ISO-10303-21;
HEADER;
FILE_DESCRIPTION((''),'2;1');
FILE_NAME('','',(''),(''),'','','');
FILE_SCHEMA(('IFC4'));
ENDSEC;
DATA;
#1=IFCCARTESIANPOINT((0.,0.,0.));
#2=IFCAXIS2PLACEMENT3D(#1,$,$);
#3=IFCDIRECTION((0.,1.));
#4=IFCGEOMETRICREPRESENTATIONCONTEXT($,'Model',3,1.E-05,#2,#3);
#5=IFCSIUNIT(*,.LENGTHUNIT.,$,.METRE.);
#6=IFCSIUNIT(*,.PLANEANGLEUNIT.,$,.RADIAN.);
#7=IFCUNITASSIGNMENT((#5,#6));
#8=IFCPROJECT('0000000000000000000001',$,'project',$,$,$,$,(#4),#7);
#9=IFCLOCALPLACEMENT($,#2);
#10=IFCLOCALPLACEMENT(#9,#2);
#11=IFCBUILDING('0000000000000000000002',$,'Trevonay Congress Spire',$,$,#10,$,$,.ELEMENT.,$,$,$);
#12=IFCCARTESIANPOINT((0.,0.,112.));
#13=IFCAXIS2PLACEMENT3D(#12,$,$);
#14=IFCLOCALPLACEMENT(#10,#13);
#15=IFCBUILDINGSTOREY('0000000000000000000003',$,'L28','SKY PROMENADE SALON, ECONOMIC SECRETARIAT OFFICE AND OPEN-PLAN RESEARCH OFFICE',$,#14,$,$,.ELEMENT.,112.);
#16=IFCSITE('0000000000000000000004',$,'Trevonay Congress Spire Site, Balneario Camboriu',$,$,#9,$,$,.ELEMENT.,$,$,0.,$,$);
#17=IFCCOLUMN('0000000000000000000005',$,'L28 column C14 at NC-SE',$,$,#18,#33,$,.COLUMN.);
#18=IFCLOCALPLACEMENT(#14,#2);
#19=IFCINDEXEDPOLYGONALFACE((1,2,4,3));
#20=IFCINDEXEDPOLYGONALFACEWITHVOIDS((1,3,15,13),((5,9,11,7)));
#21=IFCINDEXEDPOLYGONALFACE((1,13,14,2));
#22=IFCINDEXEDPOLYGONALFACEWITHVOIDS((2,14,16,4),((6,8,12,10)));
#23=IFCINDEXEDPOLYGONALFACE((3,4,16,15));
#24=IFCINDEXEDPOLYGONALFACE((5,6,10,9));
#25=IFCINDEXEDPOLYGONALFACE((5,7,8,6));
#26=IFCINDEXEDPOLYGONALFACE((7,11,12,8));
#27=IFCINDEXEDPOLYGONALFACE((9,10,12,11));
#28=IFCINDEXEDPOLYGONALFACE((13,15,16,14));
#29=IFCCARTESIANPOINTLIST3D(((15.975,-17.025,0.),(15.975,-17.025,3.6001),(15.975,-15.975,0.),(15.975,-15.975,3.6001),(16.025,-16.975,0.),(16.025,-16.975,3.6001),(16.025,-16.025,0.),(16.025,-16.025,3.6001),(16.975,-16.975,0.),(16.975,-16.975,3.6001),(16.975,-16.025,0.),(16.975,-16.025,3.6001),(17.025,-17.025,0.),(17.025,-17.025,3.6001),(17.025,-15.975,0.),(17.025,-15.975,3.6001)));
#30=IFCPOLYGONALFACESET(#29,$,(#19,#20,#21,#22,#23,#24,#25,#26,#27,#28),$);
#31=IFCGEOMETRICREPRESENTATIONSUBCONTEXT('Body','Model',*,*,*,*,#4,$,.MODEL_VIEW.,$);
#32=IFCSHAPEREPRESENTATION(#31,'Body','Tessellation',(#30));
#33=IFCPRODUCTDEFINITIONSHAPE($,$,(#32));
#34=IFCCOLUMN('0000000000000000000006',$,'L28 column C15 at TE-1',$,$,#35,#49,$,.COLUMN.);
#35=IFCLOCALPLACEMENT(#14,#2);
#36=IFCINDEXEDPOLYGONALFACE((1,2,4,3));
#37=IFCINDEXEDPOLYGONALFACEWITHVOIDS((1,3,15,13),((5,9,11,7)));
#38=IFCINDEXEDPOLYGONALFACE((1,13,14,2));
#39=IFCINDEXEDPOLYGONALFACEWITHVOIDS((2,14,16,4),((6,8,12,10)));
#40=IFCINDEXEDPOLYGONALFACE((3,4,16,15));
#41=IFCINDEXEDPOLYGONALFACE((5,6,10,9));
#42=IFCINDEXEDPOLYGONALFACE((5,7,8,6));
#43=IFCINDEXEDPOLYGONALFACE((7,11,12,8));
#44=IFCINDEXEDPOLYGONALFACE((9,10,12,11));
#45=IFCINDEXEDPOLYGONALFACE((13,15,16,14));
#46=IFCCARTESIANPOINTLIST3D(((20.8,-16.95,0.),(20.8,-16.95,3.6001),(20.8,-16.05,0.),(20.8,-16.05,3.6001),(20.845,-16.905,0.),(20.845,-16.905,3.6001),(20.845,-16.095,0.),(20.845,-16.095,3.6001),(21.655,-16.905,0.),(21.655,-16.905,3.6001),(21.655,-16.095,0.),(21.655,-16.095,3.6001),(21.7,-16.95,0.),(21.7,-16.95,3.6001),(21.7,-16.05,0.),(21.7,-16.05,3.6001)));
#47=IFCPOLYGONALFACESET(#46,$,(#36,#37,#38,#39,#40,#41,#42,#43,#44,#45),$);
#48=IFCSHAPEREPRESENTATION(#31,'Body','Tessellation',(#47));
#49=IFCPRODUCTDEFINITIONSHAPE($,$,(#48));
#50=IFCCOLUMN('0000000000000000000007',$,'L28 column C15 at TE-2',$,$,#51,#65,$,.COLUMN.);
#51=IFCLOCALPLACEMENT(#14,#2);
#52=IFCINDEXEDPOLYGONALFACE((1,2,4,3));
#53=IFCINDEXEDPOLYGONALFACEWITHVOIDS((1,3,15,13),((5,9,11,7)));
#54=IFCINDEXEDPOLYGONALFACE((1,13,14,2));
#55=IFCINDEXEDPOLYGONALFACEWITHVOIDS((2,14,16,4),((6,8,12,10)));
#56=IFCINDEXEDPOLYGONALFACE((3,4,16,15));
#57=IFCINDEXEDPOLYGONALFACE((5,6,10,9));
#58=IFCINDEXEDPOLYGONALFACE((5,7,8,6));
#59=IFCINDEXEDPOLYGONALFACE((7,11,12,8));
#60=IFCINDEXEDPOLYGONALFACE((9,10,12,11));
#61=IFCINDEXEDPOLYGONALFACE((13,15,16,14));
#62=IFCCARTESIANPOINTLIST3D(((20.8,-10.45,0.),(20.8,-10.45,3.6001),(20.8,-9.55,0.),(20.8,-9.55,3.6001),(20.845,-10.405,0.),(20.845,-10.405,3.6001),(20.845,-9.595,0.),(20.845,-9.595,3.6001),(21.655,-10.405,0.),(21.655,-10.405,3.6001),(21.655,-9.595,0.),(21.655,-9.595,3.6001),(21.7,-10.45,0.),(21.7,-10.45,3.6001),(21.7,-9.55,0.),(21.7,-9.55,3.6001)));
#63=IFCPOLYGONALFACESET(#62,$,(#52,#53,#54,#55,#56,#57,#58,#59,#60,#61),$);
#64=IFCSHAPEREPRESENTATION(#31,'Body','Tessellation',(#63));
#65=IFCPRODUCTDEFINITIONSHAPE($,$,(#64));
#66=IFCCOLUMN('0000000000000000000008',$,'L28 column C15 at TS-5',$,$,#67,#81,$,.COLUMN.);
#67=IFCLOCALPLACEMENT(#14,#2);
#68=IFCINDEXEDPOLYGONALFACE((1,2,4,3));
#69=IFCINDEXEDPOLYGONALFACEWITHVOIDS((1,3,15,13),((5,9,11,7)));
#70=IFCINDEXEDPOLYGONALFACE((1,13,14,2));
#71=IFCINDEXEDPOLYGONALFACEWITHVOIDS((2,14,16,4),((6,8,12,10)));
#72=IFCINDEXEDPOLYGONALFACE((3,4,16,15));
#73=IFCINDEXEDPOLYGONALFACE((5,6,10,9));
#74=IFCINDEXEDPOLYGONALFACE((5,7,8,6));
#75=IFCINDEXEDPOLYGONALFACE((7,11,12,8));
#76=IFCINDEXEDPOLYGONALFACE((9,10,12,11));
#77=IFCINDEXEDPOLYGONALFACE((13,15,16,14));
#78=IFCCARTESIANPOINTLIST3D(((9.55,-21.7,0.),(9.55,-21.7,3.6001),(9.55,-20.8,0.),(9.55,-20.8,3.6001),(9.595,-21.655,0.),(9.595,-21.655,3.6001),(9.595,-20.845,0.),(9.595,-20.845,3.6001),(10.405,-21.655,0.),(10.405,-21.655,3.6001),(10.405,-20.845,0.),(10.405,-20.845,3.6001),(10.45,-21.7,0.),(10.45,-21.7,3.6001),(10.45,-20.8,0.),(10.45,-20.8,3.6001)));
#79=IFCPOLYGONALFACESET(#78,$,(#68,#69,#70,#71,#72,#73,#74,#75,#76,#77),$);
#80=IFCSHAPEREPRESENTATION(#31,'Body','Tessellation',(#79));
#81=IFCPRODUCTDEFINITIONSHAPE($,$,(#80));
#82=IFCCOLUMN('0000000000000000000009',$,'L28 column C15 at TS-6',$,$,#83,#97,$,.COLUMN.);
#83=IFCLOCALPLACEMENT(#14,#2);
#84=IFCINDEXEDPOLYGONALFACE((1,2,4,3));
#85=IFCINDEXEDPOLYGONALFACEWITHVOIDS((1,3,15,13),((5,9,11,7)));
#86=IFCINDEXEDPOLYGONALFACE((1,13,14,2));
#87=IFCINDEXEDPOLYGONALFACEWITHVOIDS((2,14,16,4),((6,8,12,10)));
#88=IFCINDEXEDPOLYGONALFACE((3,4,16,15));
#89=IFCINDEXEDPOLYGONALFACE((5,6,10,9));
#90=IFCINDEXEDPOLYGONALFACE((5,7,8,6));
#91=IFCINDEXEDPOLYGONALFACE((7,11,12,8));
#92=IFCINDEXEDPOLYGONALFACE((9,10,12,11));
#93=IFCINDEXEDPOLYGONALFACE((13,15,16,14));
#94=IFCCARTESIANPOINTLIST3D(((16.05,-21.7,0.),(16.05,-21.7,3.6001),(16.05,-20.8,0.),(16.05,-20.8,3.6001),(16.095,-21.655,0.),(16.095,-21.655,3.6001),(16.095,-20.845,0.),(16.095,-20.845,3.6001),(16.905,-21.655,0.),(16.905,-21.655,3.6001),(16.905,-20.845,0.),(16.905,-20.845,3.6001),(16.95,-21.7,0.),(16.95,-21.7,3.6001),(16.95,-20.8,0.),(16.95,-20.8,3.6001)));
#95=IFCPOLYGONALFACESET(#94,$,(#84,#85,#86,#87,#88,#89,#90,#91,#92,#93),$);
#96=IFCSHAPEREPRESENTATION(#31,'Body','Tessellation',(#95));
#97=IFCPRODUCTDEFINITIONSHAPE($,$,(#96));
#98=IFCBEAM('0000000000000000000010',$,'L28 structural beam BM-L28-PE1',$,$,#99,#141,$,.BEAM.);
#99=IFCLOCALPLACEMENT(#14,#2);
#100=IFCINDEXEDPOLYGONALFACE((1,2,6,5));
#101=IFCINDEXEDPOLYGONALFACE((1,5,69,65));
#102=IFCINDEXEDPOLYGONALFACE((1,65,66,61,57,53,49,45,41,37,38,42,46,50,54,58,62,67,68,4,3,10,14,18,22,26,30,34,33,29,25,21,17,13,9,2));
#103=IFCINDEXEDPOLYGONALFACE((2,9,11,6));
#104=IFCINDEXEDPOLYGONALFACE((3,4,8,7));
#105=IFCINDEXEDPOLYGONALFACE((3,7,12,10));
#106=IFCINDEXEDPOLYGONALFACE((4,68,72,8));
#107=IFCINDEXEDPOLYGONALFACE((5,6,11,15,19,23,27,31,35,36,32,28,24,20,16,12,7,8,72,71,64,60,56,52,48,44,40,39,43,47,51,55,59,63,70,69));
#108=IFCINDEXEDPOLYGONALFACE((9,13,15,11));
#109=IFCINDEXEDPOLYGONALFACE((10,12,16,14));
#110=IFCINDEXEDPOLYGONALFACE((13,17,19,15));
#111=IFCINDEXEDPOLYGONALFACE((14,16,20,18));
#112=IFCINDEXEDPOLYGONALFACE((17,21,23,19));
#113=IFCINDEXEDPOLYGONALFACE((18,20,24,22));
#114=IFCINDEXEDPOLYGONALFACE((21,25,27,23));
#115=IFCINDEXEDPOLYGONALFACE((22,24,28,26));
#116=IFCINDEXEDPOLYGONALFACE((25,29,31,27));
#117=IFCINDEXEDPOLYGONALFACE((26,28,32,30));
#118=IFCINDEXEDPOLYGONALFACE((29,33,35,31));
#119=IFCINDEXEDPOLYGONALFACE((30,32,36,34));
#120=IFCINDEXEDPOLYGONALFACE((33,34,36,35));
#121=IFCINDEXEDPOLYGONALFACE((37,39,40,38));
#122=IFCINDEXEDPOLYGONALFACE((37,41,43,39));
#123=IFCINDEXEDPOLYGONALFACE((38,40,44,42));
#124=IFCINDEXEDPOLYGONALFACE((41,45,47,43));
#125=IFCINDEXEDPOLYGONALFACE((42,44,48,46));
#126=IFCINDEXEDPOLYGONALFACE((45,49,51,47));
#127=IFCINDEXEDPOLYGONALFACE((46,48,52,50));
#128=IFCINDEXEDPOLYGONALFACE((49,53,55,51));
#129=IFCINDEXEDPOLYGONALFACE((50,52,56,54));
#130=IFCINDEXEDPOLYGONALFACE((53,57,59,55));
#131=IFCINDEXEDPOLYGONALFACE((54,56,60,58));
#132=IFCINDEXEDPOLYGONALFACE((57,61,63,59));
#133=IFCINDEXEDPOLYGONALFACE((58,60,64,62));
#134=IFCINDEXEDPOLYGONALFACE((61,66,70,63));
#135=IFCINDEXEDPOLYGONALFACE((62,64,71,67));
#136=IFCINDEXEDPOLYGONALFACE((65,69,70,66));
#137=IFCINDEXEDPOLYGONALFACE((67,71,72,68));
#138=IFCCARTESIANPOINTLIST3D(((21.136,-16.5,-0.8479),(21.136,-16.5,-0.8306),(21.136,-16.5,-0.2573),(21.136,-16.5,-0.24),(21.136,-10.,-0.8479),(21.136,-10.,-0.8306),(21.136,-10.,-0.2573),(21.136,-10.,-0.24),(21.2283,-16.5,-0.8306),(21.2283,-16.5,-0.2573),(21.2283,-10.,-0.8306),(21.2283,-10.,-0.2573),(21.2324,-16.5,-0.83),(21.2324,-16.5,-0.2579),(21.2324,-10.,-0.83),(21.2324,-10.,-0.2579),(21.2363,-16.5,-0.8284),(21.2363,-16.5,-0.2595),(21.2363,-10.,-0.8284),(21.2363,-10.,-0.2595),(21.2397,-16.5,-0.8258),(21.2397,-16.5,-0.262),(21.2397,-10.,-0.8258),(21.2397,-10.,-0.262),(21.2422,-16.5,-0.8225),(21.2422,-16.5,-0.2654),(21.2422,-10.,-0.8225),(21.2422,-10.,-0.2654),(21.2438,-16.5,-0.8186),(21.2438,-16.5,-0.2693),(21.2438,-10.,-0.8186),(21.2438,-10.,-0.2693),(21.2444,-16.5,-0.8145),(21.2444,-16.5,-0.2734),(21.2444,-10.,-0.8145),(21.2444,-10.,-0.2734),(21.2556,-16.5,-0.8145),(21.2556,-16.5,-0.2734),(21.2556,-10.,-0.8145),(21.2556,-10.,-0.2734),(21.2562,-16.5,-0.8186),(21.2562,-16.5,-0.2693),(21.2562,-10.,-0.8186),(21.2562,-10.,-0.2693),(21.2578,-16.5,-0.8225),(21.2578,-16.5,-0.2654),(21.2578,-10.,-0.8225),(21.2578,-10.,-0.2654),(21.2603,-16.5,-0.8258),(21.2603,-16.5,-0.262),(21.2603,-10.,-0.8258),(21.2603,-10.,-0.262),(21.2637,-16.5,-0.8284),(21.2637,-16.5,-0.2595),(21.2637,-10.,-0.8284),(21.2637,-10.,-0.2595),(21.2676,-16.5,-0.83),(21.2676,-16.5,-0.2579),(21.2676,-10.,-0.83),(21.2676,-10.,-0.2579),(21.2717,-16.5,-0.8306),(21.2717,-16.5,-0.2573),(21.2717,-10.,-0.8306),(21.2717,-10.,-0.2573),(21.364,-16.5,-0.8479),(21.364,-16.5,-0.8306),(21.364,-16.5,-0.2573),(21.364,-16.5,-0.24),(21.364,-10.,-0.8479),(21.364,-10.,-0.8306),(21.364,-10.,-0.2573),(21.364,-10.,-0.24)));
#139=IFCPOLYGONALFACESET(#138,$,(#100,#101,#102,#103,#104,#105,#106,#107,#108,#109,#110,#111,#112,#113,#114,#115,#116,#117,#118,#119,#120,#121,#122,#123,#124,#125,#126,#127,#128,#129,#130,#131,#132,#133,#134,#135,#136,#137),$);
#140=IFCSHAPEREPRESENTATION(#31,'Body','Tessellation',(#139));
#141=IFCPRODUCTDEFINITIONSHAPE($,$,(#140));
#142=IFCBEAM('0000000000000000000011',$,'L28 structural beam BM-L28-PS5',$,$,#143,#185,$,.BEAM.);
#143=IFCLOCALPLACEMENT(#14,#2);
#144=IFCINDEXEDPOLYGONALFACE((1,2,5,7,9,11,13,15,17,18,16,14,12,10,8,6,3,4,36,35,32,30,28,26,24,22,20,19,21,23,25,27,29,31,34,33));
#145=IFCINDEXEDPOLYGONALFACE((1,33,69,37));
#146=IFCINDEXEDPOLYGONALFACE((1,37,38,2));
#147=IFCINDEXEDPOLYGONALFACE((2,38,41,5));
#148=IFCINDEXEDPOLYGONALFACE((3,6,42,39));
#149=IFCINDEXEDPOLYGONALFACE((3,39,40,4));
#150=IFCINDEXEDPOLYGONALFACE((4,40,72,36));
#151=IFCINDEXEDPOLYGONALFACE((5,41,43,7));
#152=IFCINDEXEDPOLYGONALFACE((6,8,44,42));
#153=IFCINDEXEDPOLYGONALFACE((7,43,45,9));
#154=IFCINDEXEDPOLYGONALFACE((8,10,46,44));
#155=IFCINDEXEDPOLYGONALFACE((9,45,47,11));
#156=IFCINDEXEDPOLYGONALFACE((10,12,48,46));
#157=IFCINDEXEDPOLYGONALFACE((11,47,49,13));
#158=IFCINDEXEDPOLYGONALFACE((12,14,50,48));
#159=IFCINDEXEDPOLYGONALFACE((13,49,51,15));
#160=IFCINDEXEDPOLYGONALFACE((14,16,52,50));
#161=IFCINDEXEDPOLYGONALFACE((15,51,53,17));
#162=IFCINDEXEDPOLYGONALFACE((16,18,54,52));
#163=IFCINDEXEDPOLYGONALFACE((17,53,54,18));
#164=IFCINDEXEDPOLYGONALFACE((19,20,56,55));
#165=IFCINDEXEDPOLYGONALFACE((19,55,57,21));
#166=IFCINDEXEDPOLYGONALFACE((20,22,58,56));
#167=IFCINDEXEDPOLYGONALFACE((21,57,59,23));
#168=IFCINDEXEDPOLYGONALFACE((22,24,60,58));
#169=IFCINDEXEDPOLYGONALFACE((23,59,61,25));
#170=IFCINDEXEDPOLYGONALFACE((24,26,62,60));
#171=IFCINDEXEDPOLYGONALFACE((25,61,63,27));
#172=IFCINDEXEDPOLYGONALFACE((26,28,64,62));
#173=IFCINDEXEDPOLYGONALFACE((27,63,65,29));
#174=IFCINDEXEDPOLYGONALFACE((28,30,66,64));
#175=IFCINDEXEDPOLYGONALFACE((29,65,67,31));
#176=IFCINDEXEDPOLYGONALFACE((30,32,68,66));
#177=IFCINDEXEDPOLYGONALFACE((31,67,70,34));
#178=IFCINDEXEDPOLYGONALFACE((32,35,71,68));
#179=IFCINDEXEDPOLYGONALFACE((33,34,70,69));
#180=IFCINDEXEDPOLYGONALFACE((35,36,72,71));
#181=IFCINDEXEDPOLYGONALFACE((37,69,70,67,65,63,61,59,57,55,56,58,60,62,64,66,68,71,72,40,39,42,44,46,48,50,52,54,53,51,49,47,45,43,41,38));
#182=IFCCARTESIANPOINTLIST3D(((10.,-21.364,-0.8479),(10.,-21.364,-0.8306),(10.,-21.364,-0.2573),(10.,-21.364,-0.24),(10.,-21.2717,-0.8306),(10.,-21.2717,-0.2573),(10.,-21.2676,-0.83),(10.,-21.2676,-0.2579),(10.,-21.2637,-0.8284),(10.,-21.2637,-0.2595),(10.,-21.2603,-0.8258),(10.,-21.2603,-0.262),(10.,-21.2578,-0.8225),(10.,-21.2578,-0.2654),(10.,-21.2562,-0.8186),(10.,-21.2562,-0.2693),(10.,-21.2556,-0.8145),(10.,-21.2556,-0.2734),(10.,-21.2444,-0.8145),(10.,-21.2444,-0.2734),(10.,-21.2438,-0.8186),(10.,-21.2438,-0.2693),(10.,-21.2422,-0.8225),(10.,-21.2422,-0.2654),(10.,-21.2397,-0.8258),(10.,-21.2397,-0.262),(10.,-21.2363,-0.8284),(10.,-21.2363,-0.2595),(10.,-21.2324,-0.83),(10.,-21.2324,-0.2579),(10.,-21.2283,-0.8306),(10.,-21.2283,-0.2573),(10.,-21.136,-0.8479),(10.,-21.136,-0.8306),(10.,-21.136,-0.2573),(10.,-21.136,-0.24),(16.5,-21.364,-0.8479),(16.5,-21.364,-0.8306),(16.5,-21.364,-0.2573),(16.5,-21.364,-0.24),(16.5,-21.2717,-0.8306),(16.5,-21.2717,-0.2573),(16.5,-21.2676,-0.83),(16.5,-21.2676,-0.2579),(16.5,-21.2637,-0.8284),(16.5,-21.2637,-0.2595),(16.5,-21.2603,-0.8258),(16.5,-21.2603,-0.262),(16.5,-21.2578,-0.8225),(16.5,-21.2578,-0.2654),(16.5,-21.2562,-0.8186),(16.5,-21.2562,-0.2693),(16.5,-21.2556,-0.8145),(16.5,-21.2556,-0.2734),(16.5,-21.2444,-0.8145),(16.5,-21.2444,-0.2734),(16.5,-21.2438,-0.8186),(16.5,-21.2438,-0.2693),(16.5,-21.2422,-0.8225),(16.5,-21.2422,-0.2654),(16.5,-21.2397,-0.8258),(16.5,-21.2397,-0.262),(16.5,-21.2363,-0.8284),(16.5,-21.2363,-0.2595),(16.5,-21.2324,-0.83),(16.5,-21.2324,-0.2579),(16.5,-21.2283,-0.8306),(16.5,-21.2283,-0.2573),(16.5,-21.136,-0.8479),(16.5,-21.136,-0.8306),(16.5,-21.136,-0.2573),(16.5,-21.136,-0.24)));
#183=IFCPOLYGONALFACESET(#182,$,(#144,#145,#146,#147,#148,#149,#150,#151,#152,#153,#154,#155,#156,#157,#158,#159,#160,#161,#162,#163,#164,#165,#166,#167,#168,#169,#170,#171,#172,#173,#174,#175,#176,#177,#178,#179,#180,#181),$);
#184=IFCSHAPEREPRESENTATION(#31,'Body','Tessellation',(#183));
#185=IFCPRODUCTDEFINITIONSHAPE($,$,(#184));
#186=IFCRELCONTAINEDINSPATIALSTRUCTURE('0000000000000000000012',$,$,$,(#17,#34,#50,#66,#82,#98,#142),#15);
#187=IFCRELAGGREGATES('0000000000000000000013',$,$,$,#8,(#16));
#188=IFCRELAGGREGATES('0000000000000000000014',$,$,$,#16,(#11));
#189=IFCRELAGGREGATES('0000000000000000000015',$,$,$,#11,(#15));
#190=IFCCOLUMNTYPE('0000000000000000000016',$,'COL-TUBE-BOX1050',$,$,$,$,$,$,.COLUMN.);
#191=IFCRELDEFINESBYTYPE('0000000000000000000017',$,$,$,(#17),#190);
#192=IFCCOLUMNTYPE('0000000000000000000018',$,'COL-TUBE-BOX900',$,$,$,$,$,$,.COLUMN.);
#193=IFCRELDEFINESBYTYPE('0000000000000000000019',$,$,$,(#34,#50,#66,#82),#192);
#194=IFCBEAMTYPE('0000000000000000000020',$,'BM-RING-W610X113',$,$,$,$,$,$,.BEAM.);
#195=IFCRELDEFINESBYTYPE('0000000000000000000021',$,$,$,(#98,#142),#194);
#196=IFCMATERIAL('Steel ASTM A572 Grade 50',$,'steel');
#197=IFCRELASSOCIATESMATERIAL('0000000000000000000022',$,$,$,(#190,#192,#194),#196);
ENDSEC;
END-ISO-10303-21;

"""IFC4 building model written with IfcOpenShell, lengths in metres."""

from ifc_helpers import new_model, si_unit, direction, frame, origin, origin_2d, place, context, subcontext, project, spatial, hollow_rectangle, i_section, extrude, material, material_profile, profile_set, type_object, element, save


model = new_model("IFC4")

# Units and contexts
model_context = context("Model", 3, precision=1e-05, world=origin(), true_north=direction((0.0, 1.0)))
body_context = subcontext(model_context, "Body", "Model", "MODEL_VIEW")
ifc_project = project(units=[si_unit("LENGTHUNIT", "METRE"), si_unit("PLANEANGLEUNIT", "RADIAN")], contexts=[model_context])

# Site, building, storey
site_placement = place(None, origin())
site = spatial("IfcSite", under=ifc_project, at=site_placement, Name="Trevonay Congress Spire Site, Balneario Camboriu", CompositionType="ELEMENT", RefElevation=0.0)
building_placement = place(site_placement, origin())
building = spatial("IfcBuilding", under=site, at=building_placement, Name="Trevonay Congress Spire", CompositionType="ELEMENT")
storey_placement = place(building_placement, frame((0.0, 0.0, 112.0)))
storey = spatial("IfcBuildingStorey", under=building, at=storey_placement, Name="L28", Description="SKY PROMENADE SALON, ECONOMIC SECRETARIAT OFFICE AND OPEN-PLAN RESEARCH OFFICE", CompositionType="ELEMENT", Elevation=112.0)

# Columns
ifc_material_1 = material(Name="Steel ASTM A572 Grade 50", Category="steel")
ifc_material_profile_1 = material_profile(ifc_material_1, hollow_rectangle(XDim=1.05, YDim=1.05, WallThickness=0.05, at=origin_2d()), Name="BOX 1050x1050x50")
ifc_profile_set_1 = profile_set([ifc_material_profile_1], Name="Steel ASTM A572 Grade 50")
column_type_1 = type_object("IfcColumnType", Name="COL-TUBE-BOX1050", PredefinedType="COLUMN", material=ifc_profile_set_1)
column_placement = place(storey_placement, frame((16.5, -16.5, 0.0), z_axis=(0.0, 0.0, 1.0), x_axis=(1.0, 0.0, 0.0)))
element("IfcColumn", 1, at=column_placement, inside=storey, type_object=column_type_1, Name="L28 column C14 at NC-SE", PredefinedType="COLUMN", context=body_context, shape_type="SweptSolid", body=[
    extrude(hollow_rectangle(XDim=1.05, YDim=1.05, WallThickness=0.05, at=origin_2d()), origin(), (0.0, 0.0, 1.0), 3.6001),
])
ifc_material_profile_2 = material_profile(ifc_material_1, hollow_rectangle(XDim=0.8999, YDim=0.8999, WallThickness=0.0449, at=origin_2d()), Name="BOX 900x900x45")
ifc_profile_set_2 = profile_set([ifc_material_profile_2], Name="Steel ASTM A572 Grade 50")
column_type_2 = type_object("IfcColumnType", Name="COL-TUBE-BOX900", PredefinedType="COLUMN", material=ifc_profile_set_2)
for number, where, z_axis, x_axis, name in (
    (2, (21.25, -16.5, 0.0), (0.0, 0.0, 1.0), (1.0, 0.0, 0.0), "L28 column C15 at TE-1"),
    (3, (21.25, -10.0, 0.0), (0.0, 0.0, 1.0), (1.0, 0.0, 0.0), "L28 column C15 at TE-2"),
    (4, (10.0, -21.25, 0.0), (0.0, 0.0, 1.0), (1.0, 0.0, 0.0), "L28 column C15 at TS-5"),
    (5, (16.5, -21.25, 0.0), (0.0, 0.0, 1.0), (1.0, 0.0, 0.0), "L28 column C15 at TS-6"),
):
    element("IfcColumn", number, at=place(storey_placement, frame(where, z_axis=z_axis, x_axis=x_axis)), inside=storey, type_object=column_type_2, Name=name, PredefinedType="COLUMN", context=body_context, shape_type="SweptSolid", body=[
        extrude(hollow_rectangle(XDim=0.8999, YDim=0.8999, WallThickness=0.0449, at=origin_2d()), origin(), (0.0, 0.0, 1.0), 3.6001),
    ])

# Beams
ifc_material_profile_3 = material_profile(ifc_material_1, i_section(OverallWidth=0.228, OverallDepth=0.6079, WebThickness=0.0112, FlangeThickness=0.0173, FilletRadius=0.0161, at=origin_2d()), Name="W610x113")
ifc_profile_set_3 = profile_set([ifc_material_profile_3], Name="Steel ASTM A572 Grade 50")
beam_type = type_object("IfcBeamType", Name="BM-RING-W610X113", PredefinedType="BEAM", material=ifc_profile_set_3)
for number, where, z_axis, x_axis, name in (
    (6, (21.25, -16.5, -0.5439), (0.0, 1.0, 0.0), (-1.0, 0.0, 0.0), "L28 structural beam BM-L28-PE1"),
    (7, (10.0, -21.25, -0.5439), (1.0, 0.0, 0.0), (0.0, 1.0, 0.0), "L28 structural beam BM-L28-PS5"),
):
    element("IfcBeam", number, at=place(storey_placement, frame(where, z_axis=z_axis, x_axis=x_axis)), inside=storey, type_object=beam_type, Name=name, PredefinedType="BEAM", context=body_context, shape_type="SweptSolid", body=[
        extrude(i_section(OverallWidth=0.228, OverallDepth=0.6079, WebThickness=0.0112, FlangeThickness=0.0173, FilletRadius=0.0161, at=origin_2d()), origin(), (0.0, 0.0, 1.0), 6.5),
    ])

save(model, "model.ifc")
